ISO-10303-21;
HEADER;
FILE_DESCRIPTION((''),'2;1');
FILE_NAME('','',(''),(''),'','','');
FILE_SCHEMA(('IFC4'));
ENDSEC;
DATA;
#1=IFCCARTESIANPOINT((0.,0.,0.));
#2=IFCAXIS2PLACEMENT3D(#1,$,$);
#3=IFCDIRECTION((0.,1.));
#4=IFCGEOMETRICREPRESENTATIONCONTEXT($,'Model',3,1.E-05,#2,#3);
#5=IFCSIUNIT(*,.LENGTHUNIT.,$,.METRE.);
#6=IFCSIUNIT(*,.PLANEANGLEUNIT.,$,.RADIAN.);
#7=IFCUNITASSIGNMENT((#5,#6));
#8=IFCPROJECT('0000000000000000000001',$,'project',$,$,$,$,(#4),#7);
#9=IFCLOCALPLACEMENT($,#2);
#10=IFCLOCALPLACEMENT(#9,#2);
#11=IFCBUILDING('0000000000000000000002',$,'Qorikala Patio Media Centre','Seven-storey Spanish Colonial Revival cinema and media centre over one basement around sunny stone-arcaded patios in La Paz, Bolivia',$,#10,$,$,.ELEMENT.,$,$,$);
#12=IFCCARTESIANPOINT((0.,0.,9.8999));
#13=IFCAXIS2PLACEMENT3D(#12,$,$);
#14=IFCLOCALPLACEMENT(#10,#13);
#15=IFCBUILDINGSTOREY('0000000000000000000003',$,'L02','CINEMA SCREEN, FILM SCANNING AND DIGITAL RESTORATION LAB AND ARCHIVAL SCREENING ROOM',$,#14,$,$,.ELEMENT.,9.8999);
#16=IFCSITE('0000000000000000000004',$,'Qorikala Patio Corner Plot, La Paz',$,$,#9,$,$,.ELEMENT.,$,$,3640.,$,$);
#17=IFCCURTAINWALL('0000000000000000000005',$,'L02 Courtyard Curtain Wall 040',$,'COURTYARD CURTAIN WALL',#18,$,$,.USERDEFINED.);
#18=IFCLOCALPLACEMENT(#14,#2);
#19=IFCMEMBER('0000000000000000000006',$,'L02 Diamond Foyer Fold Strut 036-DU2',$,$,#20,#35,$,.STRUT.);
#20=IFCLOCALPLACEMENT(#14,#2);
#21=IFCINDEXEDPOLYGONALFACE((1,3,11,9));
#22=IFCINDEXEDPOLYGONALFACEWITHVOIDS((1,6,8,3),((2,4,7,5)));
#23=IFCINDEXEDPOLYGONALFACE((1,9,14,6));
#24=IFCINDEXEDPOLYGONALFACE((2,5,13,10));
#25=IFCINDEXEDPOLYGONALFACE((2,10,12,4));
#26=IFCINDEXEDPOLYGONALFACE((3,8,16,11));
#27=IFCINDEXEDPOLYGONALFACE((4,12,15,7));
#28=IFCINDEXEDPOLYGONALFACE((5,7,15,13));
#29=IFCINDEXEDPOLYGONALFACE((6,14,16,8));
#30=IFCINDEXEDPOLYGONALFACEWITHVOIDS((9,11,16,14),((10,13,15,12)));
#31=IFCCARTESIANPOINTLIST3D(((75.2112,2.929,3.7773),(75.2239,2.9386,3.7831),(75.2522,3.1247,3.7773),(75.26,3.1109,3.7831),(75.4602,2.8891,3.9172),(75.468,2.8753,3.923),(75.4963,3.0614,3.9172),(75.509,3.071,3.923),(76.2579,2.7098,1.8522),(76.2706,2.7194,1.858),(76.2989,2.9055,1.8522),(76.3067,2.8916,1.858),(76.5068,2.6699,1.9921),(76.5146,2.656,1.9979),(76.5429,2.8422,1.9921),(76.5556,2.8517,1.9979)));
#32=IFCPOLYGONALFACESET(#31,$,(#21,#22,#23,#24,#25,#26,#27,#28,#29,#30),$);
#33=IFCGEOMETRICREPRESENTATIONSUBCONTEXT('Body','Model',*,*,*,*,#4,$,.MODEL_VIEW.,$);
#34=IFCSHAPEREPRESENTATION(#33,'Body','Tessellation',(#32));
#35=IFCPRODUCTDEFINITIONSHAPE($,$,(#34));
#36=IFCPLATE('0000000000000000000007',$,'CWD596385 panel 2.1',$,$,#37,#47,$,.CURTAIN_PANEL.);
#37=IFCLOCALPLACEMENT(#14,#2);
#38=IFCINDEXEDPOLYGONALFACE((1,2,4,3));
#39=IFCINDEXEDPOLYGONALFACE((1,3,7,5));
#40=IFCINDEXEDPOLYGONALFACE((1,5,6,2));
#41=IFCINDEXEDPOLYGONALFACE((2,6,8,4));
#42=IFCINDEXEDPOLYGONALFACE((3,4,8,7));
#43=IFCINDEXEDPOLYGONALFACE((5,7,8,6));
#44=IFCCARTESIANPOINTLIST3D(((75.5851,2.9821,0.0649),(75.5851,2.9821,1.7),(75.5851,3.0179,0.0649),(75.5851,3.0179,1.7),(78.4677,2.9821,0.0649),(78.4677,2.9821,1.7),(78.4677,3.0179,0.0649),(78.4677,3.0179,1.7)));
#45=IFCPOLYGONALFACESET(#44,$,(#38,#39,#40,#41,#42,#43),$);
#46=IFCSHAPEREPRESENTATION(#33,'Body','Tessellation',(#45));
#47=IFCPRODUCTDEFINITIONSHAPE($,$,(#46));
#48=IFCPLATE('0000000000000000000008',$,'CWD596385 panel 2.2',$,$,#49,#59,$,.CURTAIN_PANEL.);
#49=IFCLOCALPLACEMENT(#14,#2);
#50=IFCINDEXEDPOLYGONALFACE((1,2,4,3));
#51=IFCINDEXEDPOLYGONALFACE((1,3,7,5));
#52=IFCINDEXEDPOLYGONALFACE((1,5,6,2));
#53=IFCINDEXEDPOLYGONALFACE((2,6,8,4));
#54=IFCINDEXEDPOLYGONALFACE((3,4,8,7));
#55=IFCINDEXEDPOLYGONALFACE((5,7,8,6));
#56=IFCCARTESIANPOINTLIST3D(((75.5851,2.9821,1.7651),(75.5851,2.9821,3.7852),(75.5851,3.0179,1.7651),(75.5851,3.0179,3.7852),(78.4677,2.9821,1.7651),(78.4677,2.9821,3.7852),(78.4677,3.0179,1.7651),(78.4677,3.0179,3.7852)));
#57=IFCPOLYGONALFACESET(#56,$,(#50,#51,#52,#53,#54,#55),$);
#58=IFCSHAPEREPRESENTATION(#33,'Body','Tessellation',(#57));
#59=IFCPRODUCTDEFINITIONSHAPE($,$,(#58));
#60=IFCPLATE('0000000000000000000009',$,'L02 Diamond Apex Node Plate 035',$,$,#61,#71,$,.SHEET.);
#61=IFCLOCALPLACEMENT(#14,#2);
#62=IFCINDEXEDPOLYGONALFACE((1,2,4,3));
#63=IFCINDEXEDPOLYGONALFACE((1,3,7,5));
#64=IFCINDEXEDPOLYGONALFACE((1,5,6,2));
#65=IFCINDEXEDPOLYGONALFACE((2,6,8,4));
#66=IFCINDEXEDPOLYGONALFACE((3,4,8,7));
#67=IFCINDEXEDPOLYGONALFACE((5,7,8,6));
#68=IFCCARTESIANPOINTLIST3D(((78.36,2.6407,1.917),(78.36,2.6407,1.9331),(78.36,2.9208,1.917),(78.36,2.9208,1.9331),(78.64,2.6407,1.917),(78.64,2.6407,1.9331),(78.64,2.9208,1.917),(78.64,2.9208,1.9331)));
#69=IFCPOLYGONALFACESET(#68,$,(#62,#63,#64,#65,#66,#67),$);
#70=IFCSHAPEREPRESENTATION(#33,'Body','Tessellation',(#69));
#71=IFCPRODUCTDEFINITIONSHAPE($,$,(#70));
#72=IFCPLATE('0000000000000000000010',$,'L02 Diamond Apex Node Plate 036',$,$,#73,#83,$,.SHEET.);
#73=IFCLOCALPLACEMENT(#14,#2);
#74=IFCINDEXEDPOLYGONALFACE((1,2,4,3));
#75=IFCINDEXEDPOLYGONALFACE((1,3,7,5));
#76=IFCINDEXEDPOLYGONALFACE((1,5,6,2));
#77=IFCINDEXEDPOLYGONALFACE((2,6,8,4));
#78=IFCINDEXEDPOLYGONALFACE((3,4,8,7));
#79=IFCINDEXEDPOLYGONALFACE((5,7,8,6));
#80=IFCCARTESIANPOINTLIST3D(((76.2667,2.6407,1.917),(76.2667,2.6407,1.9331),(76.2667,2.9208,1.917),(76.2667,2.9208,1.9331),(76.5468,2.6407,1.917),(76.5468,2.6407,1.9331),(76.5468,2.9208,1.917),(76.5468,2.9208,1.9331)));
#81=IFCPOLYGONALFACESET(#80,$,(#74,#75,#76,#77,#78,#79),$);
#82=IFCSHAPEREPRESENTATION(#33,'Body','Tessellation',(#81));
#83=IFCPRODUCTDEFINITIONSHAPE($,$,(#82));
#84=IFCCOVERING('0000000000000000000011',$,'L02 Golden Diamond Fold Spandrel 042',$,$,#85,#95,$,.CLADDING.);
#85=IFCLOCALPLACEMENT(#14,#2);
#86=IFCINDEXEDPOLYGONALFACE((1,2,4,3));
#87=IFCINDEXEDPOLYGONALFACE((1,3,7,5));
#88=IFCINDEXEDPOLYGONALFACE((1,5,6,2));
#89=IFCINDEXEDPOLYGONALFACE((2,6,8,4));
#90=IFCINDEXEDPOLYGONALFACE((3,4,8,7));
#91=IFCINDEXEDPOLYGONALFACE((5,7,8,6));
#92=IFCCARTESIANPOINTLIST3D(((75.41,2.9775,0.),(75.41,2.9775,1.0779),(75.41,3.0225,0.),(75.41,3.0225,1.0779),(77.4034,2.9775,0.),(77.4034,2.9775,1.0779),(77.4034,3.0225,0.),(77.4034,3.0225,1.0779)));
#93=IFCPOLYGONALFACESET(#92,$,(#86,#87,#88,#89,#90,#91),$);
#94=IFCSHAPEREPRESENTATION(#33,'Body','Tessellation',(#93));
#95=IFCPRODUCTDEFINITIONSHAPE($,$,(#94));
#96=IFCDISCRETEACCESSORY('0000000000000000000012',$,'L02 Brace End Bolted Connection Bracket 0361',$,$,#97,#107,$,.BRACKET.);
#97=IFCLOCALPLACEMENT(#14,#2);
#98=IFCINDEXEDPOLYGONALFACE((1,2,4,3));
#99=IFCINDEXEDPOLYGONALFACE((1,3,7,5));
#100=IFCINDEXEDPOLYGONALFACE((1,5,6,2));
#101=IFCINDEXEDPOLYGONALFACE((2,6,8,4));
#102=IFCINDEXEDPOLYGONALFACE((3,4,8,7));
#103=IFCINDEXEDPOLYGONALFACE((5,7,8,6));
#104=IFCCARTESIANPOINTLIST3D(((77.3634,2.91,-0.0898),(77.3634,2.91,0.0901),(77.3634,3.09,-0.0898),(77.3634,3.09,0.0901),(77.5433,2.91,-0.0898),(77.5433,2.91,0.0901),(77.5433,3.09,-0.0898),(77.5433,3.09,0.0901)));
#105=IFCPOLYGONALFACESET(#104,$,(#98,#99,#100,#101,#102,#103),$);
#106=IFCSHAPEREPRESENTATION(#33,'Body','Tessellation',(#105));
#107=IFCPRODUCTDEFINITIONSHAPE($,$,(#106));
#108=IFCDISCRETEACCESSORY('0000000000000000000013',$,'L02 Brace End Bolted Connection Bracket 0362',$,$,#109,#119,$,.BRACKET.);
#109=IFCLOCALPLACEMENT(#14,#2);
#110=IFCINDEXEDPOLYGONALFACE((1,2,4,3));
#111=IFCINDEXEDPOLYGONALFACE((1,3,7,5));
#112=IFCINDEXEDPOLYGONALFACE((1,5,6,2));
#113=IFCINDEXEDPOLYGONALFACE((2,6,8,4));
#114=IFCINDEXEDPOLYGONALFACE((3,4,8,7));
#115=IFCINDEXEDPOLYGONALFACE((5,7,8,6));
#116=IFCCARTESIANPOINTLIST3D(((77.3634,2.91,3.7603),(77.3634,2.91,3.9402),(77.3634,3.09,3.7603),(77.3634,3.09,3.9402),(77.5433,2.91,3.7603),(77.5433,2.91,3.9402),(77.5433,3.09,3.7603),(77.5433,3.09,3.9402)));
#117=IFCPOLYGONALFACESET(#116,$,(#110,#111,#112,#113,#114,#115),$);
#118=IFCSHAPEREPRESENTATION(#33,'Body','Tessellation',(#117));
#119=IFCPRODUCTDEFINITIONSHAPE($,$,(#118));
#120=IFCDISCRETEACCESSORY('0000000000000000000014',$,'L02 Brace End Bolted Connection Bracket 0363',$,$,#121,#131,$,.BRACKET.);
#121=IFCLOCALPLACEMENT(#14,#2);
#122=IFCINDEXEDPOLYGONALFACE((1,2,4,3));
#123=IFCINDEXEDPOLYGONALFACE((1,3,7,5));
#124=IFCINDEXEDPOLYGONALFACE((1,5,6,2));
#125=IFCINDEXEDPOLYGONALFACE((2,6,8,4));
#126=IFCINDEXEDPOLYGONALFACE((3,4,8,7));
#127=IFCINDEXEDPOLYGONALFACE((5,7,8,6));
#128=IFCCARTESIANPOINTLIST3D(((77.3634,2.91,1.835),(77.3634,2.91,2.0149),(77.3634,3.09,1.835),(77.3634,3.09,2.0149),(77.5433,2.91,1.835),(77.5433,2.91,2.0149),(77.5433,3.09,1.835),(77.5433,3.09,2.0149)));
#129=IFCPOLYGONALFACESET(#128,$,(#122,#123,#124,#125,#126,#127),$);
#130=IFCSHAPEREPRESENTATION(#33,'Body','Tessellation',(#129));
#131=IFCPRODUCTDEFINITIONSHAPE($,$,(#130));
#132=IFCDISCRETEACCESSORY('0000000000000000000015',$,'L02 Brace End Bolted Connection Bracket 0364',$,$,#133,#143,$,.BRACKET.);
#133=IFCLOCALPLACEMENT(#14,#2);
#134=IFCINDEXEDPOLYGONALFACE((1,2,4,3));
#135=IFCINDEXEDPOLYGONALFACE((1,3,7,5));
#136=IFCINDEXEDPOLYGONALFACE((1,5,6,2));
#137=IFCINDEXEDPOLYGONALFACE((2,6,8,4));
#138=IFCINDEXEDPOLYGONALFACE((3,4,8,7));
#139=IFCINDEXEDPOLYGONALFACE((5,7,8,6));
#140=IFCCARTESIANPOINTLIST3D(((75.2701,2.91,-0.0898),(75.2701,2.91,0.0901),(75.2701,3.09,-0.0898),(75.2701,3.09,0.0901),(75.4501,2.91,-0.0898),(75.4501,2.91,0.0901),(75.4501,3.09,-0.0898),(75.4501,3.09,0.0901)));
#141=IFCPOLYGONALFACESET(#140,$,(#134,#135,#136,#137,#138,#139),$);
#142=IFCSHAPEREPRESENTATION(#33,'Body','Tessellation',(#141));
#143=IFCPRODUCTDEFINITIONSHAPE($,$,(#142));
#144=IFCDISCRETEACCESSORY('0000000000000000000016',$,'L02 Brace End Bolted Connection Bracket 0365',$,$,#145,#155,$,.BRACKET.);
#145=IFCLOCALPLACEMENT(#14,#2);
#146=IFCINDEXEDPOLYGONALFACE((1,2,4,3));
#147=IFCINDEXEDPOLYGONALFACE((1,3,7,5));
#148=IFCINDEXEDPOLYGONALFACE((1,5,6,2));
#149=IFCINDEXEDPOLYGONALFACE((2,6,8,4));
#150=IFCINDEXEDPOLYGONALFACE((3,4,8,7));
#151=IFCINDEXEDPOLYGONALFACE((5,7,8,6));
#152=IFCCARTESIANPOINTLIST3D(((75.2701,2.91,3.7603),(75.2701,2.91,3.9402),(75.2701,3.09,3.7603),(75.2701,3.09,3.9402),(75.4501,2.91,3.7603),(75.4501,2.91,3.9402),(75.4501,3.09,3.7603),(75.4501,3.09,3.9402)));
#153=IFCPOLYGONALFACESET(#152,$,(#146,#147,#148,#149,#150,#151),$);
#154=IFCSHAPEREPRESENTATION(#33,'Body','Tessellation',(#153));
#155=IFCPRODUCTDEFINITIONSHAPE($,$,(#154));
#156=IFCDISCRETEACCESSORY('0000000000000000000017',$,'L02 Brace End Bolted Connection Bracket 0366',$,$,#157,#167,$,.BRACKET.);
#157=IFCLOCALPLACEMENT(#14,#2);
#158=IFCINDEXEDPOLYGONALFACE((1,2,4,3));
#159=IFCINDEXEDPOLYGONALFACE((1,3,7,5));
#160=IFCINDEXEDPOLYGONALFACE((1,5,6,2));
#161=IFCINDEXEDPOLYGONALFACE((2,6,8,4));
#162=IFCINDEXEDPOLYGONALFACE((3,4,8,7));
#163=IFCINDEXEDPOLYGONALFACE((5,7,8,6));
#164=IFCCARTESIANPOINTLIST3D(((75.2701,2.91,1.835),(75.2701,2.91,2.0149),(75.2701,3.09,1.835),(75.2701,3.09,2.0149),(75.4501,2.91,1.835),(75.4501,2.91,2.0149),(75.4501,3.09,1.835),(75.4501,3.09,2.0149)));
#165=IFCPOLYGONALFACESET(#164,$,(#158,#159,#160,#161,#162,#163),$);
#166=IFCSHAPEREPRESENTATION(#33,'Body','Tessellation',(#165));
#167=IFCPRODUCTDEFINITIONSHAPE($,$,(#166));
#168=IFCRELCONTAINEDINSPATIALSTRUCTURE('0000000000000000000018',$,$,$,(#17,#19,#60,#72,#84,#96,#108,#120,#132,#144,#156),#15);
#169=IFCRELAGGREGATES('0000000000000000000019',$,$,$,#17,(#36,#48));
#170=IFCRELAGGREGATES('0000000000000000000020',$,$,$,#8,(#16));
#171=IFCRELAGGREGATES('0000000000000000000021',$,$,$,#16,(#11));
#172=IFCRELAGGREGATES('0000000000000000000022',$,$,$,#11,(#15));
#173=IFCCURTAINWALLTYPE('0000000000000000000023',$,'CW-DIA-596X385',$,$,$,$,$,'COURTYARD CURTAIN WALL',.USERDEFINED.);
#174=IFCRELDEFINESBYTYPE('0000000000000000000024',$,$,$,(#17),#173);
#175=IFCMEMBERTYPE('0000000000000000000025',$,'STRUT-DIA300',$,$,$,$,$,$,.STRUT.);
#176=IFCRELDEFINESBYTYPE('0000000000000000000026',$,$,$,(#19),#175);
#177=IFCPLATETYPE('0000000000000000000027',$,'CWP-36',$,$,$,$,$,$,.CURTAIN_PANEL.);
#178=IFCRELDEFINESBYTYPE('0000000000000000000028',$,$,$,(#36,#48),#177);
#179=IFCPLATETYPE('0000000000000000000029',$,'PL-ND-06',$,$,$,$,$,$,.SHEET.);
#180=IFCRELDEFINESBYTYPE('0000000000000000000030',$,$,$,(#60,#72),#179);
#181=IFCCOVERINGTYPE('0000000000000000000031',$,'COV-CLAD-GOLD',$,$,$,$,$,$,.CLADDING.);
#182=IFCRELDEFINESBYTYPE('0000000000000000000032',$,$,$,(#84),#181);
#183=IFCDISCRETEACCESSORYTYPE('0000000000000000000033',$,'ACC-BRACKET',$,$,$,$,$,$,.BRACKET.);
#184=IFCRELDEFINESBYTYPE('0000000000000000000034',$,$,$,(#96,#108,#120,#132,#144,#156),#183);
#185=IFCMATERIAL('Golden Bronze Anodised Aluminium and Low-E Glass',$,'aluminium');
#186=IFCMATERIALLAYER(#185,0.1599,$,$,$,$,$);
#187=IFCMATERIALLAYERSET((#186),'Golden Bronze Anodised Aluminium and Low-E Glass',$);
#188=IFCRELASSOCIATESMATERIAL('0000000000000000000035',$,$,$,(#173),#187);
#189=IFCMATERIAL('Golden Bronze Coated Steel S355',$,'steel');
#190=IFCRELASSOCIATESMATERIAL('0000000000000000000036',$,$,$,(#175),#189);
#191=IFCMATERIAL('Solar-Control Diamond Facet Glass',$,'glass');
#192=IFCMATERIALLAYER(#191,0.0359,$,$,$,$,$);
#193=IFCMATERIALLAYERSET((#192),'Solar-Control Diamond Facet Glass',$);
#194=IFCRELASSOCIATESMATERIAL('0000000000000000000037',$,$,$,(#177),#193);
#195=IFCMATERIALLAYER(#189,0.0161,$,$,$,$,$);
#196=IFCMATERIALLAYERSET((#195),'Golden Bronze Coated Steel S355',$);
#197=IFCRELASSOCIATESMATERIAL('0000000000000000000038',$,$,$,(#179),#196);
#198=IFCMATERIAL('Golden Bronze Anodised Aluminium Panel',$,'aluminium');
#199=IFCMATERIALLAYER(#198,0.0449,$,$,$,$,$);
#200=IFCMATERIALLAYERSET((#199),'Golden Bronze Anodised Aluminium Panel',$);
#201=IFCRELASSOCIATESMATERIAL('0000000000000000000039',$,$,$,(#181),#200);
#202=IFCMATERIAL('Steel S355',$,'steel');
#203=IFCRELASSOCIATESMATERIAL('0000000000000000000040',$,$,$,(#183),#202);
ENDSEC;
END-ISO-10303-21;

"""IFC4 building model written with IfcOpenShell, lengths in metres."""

from ifc_helpers import new_model, si_unit, direction, frame, origin, origin_2d, place, context, subcontext, project, spatial, rectangle, hollow_rectangle, extrude, material, layer, layer_set, material_profile, profile_set, type_object, element, aggregate, save


model = new_model("IFC4")

# Units and contexts
model_context = context("Model", 3, precision=1e-05, world=origin(), true_north=direction((0.0, 1.0)))
body_context = subcontext(model_context, "Body", "Model", "MODEL_VIEW")
ifc_project = project(units=[si_unit("LENGTHUNIT", "METRE"), si_unit("PLANEANGLEUNIT", "RADIAN")], contexts=[model_context])

# Site, building, storey
site_placement = place(None, origin())
site = spatial("IfcSite", under=ifc_project, at=site_placement, Name="Qorikala Patio Corner Plot, La Paz", CompositionType="ELEMENT", RefElevation=3640.0)
building_placement = place(site_placement, origin())
building = spatial("IfcBuilding", under=site, at=building_placement, Name="Qorikala Patio Media Centre", Description="Seven-storey Spanish Colonial Revival cinema and media centre over one basement around sunny stone-arcaded patios in La Paz, Bolivia", CompositionType="ELEMENT")
storey_placement = place(building_placement, frame((0.0, 0.0, 9.8999)))
storey = spatial("IfcBuildingStorey", under=building, at=storey_placement, Name="L02", Description="CINEMA SCREEN, FILM SCANNING AND DIGITAL RESTORATION LAB AND ARCHIVAL SCREENING ROOM", CompositionType="ELEMENT", Elevation=9.8999)

# Shared definitions
ifc_material_1 = material(Name="Golden Bronze Coated Steel S355", Category="steel")

# Curtain wall
ifc_material_2 = material(Name="Golden Bronze Anodised Aluminium and Low-E Glass", Category="aluminium")
ifc_layer_1 = layer(ifc_material_2, 0.1599)
ifc_layer_set_1 = layer_set([ifc_layer_1], Name="Golden Bronze Anodised Aluminium and Low-E Glass")
curtain_wall_type = type_object("IfcCurtainWallType", Name="CW-DIA-596X385", ElementType="COURTYARD CURTAIN WALL", PredefinedType="USERDEFINED", material=ifc_layer_set_1)
curtain_wall_placement = place(storey_placement, origin())
curtain_wall = element("IfcCurtainWall", 1, at=curtain_wall_placement, inside=storey, type_object=curtain_wall_type, Name="L02 Courtyard Curtain Wall 040", ObjectType="COURTYARD CURTAIN WALL", PredefinedType="USERDEFINED")

# Member
ifc_material_profile_1 = material_profile(ifc_material_1, hollow_rectangle(XDim=0.2, YDim=0.3, WallThickness=0.012, at=origin_2d()), Name="HSS300X200X12")
ifc_profile_set_1 = profile_set([ifc_material_profile_1], Name="Golden Bronze Coated Steel S355")
member_type_1 = type_object("IfcMemberType", Name="STRUT-DIA300", PredefinedType="STRUT", material=ifc_profile_set_1)
for number, where, z_axis, x_axis, name in (
    (2, (76.4067, 2.7808, 1.925), (-0.475284, 0.099558, 0.874181), (-0.205021, -0.978758, 0.0), "L02 Diamond Foyer Fold Strut 036-DU2"),
):
    element("IfcMember", number, at=place(storey_placement, frame(where, z_axis=z_axis, x_axis=x_axis)), inside=storey, type_object=member_type_1, Name=name, PredefinedType="STRUT", context=body_context, shape_type="SweptSolid", body=[
        extrude(hollow_rectangle(XDim=0.2, YDim=0.3, WallThickness=0.012, at=origin_2d()), origin(), (0.0, 0.0, 1.0), 2.2021),
    ])

# Plates
ifc_material_3 = material(Name="Solar-Control Diamond Facet Glass", Category="glass")
ifc_layer_2 = layer(ifc_material_3, 0.0359)
ifc_layer_set_2 = layer_set([ifc_layer_2], Name="Solar-Control Diamond Facet Glass")
plate_type_1 = type_object("IfcPlateType", Name="CWP-36", PredefinedType="CURTAIN_PANEL", material=ifc_layer_set_2)
plate_1_placement = place(storey_placement, frame((77.0264, 3.0, 0.0649), z_axis=(0.0, 0.0, 1.0), x_axis=(-1.0, 0.0, 0.0)))
plate_1 = element("IfcPlate", 3, at=plate_1_placement, type_object=plate_type_1, Name="CWD596385 panel 2.1", PredefinedType="CURTAIN_PANEL", context=body_context, shape_type="SweptSolid", body=[
    extrude(rectangle(XDim=2.8826, YDim=0.0359, at=origin_2d()), origin(), (0.0, 0.0, 1.0), 1.635),
])
plate_2_placement = place(storey_placement, frame((77.0264, 3.0, 1.7651), z_axis=(0.0, 0.0, 1.0), x_axis=(-1.0, 0.0, 0.0)))
plate_2 = element("IfcPlate", 4, at=plate_2_placement, type_object=plate_type_1, Name="CWD596385 panel 2.2", PredefinedType="CURTAIN_PANEL", context=body_context, shape_type="SweptSolid", body=[
    extrude(rectangle(XDim=2.8826, YDim=0.0359, at=origin_2d()), origin(), (0.0, 0.0, 1.0), 2.02),
])
aggregate(curtain_wall, [plate_1, plate_2])

# Plates
ifc_layer_3 = layer(ifc_material_1, 0.0161)
ifc_layer_set_3 = layer_set([ifc_layer_3], Name="Golden Bronze Coated Steel S355")
plate_type_2 = type_object("IfcPlateType", Name="PL-ND-06", PredefinedType="SHEET", material=ifc_layer_set_3)
for number, where, z_axis, x_axis, name in (
    (5, (78.5, 2.7808, 1.917), (0.0, 0.0, 1.0), (-1.0, 0.0, 0.0), "L02 Diamond Apex Node Plate 035"),
    (6, (76.4067, 2.7808, 1.917), (0.0, 0.0, 1.0), (-1.0, 0.0, 0.0), "L02 Diamond Apex Node Plate 036"),
):
    element("IfcPlate", number, at=place(storey_placement, frame(where, z_axis=z_axis, x_axis=x_axis)), inside=storey, type_object=plate_type_2, Name=name, PredefinedType="SHEET", context=body_context, shape_type="SweptSolid", body=[
        extrude(rectangle(XDim=0.28, YDim=0.28, at=origin_2d()), origin(), (0.0, 0.0, 1.0), 0.0161),
    ])

# Covering
ifc_material_4 = material(Name="Golden Bronze Anodised Aluminium Panel", Category="aluminium")
ifc_layer_4 = layer(ifc_material_4, 0.0449)
ifc_layer_set_4 = layer_set([ifc_layer_4], Name="Golden Bronze Anodised Aluminium Panel")
covering_type = type_object("IfcCoveringType", Name="COV-CLAD-GOLD", PredefinedType="CLADDING", material=ifc_layer_set_4)
covering_placement = place(storey_placement, frame((76.4067, 3.0, 0.0), z_axis=(0.0, 0.0, 1.0), x_axis=(-1.0, 0.0, 0.0)))
element("IfcCovering", 7, at=covering_placement, inside=storey, type_object=covering_type, Name="L02 Golden Diamond Fold Spandrel 042", PredefinedType="CLADDING", context=body_context, shape_type="SweptSolid", body=[
    extrude(rectangle(XDim=1.9934, YDim=0.0449, at=origin_2d()), origin(), (0.0, 0.0, 1.0), 1.0779),
])

# Discrete accessories
ifc_material_5 = material(Name="Steel S355", Category="steel")
discrete_accessory_type = type_object("IfcDiscreteAccessoryType", Name="ACC-BRACKET", PredefinedType="BRACKET", material=ifc_material_5)
for number, where, z_axis, x_axis, name in (
    (8, (77.4534, 3.0, -0.0898), (0.0, 0.0, 1.0), (1.0, 0.0, 0.0), "L02 Brace End Bolted Connection Bracket 0361"),
    (9, (77.4534, 3.0, 3.7603), (0.0, 0.0, 1.0), (1.0, 0.0, 0.0), "L02 Brace End Bolted Connection Bracket 0362"),
    (10, (77.4534, 3.0, 1.835), (0.0, 0.0, 1.0), (1.0, 0.0, 0.0), "L02 Brace End Bolted Connection Bracket 0363"),
    (11, (75.3601, 3.0, -0.0898), (0.0, 0.0, 1.0), (1.0, 0.0, 0.0), "L02 Brace End Bolted Connection Bracket 0364"),
    (12, (75.3601, 3.0, 3.7603), (0.0, 0.0, 1.0), (1.0, 0.0, 0.0), "L02 Brace End Bolted Connection Bracket 0365"),
    (13, (75.3601, 3.0, 1.835), (0.0, 0.0, 1.0), (1.0, 0.0, 0.0), "L02 Brace End Bolted Connection Bracket 0366"),
):
    element("IfcDiscreteAccessory", number, at=place(storey_placement, frame(where, z_axis=z_axis, x_axis=x_axis)), inside=storey, type_object=discrete_accessory_type, Name=name, PredefinedType="BRACKET", context=body_context, shape_type="SweptSolid", body=[
        extrude(rectangle(XDim=0.1799, YDim=0.1799, at=origin_2d()), origin(), (0.0, 0.0, 1.0), 0.1799),
    ])

save(model, "model.ifc")
